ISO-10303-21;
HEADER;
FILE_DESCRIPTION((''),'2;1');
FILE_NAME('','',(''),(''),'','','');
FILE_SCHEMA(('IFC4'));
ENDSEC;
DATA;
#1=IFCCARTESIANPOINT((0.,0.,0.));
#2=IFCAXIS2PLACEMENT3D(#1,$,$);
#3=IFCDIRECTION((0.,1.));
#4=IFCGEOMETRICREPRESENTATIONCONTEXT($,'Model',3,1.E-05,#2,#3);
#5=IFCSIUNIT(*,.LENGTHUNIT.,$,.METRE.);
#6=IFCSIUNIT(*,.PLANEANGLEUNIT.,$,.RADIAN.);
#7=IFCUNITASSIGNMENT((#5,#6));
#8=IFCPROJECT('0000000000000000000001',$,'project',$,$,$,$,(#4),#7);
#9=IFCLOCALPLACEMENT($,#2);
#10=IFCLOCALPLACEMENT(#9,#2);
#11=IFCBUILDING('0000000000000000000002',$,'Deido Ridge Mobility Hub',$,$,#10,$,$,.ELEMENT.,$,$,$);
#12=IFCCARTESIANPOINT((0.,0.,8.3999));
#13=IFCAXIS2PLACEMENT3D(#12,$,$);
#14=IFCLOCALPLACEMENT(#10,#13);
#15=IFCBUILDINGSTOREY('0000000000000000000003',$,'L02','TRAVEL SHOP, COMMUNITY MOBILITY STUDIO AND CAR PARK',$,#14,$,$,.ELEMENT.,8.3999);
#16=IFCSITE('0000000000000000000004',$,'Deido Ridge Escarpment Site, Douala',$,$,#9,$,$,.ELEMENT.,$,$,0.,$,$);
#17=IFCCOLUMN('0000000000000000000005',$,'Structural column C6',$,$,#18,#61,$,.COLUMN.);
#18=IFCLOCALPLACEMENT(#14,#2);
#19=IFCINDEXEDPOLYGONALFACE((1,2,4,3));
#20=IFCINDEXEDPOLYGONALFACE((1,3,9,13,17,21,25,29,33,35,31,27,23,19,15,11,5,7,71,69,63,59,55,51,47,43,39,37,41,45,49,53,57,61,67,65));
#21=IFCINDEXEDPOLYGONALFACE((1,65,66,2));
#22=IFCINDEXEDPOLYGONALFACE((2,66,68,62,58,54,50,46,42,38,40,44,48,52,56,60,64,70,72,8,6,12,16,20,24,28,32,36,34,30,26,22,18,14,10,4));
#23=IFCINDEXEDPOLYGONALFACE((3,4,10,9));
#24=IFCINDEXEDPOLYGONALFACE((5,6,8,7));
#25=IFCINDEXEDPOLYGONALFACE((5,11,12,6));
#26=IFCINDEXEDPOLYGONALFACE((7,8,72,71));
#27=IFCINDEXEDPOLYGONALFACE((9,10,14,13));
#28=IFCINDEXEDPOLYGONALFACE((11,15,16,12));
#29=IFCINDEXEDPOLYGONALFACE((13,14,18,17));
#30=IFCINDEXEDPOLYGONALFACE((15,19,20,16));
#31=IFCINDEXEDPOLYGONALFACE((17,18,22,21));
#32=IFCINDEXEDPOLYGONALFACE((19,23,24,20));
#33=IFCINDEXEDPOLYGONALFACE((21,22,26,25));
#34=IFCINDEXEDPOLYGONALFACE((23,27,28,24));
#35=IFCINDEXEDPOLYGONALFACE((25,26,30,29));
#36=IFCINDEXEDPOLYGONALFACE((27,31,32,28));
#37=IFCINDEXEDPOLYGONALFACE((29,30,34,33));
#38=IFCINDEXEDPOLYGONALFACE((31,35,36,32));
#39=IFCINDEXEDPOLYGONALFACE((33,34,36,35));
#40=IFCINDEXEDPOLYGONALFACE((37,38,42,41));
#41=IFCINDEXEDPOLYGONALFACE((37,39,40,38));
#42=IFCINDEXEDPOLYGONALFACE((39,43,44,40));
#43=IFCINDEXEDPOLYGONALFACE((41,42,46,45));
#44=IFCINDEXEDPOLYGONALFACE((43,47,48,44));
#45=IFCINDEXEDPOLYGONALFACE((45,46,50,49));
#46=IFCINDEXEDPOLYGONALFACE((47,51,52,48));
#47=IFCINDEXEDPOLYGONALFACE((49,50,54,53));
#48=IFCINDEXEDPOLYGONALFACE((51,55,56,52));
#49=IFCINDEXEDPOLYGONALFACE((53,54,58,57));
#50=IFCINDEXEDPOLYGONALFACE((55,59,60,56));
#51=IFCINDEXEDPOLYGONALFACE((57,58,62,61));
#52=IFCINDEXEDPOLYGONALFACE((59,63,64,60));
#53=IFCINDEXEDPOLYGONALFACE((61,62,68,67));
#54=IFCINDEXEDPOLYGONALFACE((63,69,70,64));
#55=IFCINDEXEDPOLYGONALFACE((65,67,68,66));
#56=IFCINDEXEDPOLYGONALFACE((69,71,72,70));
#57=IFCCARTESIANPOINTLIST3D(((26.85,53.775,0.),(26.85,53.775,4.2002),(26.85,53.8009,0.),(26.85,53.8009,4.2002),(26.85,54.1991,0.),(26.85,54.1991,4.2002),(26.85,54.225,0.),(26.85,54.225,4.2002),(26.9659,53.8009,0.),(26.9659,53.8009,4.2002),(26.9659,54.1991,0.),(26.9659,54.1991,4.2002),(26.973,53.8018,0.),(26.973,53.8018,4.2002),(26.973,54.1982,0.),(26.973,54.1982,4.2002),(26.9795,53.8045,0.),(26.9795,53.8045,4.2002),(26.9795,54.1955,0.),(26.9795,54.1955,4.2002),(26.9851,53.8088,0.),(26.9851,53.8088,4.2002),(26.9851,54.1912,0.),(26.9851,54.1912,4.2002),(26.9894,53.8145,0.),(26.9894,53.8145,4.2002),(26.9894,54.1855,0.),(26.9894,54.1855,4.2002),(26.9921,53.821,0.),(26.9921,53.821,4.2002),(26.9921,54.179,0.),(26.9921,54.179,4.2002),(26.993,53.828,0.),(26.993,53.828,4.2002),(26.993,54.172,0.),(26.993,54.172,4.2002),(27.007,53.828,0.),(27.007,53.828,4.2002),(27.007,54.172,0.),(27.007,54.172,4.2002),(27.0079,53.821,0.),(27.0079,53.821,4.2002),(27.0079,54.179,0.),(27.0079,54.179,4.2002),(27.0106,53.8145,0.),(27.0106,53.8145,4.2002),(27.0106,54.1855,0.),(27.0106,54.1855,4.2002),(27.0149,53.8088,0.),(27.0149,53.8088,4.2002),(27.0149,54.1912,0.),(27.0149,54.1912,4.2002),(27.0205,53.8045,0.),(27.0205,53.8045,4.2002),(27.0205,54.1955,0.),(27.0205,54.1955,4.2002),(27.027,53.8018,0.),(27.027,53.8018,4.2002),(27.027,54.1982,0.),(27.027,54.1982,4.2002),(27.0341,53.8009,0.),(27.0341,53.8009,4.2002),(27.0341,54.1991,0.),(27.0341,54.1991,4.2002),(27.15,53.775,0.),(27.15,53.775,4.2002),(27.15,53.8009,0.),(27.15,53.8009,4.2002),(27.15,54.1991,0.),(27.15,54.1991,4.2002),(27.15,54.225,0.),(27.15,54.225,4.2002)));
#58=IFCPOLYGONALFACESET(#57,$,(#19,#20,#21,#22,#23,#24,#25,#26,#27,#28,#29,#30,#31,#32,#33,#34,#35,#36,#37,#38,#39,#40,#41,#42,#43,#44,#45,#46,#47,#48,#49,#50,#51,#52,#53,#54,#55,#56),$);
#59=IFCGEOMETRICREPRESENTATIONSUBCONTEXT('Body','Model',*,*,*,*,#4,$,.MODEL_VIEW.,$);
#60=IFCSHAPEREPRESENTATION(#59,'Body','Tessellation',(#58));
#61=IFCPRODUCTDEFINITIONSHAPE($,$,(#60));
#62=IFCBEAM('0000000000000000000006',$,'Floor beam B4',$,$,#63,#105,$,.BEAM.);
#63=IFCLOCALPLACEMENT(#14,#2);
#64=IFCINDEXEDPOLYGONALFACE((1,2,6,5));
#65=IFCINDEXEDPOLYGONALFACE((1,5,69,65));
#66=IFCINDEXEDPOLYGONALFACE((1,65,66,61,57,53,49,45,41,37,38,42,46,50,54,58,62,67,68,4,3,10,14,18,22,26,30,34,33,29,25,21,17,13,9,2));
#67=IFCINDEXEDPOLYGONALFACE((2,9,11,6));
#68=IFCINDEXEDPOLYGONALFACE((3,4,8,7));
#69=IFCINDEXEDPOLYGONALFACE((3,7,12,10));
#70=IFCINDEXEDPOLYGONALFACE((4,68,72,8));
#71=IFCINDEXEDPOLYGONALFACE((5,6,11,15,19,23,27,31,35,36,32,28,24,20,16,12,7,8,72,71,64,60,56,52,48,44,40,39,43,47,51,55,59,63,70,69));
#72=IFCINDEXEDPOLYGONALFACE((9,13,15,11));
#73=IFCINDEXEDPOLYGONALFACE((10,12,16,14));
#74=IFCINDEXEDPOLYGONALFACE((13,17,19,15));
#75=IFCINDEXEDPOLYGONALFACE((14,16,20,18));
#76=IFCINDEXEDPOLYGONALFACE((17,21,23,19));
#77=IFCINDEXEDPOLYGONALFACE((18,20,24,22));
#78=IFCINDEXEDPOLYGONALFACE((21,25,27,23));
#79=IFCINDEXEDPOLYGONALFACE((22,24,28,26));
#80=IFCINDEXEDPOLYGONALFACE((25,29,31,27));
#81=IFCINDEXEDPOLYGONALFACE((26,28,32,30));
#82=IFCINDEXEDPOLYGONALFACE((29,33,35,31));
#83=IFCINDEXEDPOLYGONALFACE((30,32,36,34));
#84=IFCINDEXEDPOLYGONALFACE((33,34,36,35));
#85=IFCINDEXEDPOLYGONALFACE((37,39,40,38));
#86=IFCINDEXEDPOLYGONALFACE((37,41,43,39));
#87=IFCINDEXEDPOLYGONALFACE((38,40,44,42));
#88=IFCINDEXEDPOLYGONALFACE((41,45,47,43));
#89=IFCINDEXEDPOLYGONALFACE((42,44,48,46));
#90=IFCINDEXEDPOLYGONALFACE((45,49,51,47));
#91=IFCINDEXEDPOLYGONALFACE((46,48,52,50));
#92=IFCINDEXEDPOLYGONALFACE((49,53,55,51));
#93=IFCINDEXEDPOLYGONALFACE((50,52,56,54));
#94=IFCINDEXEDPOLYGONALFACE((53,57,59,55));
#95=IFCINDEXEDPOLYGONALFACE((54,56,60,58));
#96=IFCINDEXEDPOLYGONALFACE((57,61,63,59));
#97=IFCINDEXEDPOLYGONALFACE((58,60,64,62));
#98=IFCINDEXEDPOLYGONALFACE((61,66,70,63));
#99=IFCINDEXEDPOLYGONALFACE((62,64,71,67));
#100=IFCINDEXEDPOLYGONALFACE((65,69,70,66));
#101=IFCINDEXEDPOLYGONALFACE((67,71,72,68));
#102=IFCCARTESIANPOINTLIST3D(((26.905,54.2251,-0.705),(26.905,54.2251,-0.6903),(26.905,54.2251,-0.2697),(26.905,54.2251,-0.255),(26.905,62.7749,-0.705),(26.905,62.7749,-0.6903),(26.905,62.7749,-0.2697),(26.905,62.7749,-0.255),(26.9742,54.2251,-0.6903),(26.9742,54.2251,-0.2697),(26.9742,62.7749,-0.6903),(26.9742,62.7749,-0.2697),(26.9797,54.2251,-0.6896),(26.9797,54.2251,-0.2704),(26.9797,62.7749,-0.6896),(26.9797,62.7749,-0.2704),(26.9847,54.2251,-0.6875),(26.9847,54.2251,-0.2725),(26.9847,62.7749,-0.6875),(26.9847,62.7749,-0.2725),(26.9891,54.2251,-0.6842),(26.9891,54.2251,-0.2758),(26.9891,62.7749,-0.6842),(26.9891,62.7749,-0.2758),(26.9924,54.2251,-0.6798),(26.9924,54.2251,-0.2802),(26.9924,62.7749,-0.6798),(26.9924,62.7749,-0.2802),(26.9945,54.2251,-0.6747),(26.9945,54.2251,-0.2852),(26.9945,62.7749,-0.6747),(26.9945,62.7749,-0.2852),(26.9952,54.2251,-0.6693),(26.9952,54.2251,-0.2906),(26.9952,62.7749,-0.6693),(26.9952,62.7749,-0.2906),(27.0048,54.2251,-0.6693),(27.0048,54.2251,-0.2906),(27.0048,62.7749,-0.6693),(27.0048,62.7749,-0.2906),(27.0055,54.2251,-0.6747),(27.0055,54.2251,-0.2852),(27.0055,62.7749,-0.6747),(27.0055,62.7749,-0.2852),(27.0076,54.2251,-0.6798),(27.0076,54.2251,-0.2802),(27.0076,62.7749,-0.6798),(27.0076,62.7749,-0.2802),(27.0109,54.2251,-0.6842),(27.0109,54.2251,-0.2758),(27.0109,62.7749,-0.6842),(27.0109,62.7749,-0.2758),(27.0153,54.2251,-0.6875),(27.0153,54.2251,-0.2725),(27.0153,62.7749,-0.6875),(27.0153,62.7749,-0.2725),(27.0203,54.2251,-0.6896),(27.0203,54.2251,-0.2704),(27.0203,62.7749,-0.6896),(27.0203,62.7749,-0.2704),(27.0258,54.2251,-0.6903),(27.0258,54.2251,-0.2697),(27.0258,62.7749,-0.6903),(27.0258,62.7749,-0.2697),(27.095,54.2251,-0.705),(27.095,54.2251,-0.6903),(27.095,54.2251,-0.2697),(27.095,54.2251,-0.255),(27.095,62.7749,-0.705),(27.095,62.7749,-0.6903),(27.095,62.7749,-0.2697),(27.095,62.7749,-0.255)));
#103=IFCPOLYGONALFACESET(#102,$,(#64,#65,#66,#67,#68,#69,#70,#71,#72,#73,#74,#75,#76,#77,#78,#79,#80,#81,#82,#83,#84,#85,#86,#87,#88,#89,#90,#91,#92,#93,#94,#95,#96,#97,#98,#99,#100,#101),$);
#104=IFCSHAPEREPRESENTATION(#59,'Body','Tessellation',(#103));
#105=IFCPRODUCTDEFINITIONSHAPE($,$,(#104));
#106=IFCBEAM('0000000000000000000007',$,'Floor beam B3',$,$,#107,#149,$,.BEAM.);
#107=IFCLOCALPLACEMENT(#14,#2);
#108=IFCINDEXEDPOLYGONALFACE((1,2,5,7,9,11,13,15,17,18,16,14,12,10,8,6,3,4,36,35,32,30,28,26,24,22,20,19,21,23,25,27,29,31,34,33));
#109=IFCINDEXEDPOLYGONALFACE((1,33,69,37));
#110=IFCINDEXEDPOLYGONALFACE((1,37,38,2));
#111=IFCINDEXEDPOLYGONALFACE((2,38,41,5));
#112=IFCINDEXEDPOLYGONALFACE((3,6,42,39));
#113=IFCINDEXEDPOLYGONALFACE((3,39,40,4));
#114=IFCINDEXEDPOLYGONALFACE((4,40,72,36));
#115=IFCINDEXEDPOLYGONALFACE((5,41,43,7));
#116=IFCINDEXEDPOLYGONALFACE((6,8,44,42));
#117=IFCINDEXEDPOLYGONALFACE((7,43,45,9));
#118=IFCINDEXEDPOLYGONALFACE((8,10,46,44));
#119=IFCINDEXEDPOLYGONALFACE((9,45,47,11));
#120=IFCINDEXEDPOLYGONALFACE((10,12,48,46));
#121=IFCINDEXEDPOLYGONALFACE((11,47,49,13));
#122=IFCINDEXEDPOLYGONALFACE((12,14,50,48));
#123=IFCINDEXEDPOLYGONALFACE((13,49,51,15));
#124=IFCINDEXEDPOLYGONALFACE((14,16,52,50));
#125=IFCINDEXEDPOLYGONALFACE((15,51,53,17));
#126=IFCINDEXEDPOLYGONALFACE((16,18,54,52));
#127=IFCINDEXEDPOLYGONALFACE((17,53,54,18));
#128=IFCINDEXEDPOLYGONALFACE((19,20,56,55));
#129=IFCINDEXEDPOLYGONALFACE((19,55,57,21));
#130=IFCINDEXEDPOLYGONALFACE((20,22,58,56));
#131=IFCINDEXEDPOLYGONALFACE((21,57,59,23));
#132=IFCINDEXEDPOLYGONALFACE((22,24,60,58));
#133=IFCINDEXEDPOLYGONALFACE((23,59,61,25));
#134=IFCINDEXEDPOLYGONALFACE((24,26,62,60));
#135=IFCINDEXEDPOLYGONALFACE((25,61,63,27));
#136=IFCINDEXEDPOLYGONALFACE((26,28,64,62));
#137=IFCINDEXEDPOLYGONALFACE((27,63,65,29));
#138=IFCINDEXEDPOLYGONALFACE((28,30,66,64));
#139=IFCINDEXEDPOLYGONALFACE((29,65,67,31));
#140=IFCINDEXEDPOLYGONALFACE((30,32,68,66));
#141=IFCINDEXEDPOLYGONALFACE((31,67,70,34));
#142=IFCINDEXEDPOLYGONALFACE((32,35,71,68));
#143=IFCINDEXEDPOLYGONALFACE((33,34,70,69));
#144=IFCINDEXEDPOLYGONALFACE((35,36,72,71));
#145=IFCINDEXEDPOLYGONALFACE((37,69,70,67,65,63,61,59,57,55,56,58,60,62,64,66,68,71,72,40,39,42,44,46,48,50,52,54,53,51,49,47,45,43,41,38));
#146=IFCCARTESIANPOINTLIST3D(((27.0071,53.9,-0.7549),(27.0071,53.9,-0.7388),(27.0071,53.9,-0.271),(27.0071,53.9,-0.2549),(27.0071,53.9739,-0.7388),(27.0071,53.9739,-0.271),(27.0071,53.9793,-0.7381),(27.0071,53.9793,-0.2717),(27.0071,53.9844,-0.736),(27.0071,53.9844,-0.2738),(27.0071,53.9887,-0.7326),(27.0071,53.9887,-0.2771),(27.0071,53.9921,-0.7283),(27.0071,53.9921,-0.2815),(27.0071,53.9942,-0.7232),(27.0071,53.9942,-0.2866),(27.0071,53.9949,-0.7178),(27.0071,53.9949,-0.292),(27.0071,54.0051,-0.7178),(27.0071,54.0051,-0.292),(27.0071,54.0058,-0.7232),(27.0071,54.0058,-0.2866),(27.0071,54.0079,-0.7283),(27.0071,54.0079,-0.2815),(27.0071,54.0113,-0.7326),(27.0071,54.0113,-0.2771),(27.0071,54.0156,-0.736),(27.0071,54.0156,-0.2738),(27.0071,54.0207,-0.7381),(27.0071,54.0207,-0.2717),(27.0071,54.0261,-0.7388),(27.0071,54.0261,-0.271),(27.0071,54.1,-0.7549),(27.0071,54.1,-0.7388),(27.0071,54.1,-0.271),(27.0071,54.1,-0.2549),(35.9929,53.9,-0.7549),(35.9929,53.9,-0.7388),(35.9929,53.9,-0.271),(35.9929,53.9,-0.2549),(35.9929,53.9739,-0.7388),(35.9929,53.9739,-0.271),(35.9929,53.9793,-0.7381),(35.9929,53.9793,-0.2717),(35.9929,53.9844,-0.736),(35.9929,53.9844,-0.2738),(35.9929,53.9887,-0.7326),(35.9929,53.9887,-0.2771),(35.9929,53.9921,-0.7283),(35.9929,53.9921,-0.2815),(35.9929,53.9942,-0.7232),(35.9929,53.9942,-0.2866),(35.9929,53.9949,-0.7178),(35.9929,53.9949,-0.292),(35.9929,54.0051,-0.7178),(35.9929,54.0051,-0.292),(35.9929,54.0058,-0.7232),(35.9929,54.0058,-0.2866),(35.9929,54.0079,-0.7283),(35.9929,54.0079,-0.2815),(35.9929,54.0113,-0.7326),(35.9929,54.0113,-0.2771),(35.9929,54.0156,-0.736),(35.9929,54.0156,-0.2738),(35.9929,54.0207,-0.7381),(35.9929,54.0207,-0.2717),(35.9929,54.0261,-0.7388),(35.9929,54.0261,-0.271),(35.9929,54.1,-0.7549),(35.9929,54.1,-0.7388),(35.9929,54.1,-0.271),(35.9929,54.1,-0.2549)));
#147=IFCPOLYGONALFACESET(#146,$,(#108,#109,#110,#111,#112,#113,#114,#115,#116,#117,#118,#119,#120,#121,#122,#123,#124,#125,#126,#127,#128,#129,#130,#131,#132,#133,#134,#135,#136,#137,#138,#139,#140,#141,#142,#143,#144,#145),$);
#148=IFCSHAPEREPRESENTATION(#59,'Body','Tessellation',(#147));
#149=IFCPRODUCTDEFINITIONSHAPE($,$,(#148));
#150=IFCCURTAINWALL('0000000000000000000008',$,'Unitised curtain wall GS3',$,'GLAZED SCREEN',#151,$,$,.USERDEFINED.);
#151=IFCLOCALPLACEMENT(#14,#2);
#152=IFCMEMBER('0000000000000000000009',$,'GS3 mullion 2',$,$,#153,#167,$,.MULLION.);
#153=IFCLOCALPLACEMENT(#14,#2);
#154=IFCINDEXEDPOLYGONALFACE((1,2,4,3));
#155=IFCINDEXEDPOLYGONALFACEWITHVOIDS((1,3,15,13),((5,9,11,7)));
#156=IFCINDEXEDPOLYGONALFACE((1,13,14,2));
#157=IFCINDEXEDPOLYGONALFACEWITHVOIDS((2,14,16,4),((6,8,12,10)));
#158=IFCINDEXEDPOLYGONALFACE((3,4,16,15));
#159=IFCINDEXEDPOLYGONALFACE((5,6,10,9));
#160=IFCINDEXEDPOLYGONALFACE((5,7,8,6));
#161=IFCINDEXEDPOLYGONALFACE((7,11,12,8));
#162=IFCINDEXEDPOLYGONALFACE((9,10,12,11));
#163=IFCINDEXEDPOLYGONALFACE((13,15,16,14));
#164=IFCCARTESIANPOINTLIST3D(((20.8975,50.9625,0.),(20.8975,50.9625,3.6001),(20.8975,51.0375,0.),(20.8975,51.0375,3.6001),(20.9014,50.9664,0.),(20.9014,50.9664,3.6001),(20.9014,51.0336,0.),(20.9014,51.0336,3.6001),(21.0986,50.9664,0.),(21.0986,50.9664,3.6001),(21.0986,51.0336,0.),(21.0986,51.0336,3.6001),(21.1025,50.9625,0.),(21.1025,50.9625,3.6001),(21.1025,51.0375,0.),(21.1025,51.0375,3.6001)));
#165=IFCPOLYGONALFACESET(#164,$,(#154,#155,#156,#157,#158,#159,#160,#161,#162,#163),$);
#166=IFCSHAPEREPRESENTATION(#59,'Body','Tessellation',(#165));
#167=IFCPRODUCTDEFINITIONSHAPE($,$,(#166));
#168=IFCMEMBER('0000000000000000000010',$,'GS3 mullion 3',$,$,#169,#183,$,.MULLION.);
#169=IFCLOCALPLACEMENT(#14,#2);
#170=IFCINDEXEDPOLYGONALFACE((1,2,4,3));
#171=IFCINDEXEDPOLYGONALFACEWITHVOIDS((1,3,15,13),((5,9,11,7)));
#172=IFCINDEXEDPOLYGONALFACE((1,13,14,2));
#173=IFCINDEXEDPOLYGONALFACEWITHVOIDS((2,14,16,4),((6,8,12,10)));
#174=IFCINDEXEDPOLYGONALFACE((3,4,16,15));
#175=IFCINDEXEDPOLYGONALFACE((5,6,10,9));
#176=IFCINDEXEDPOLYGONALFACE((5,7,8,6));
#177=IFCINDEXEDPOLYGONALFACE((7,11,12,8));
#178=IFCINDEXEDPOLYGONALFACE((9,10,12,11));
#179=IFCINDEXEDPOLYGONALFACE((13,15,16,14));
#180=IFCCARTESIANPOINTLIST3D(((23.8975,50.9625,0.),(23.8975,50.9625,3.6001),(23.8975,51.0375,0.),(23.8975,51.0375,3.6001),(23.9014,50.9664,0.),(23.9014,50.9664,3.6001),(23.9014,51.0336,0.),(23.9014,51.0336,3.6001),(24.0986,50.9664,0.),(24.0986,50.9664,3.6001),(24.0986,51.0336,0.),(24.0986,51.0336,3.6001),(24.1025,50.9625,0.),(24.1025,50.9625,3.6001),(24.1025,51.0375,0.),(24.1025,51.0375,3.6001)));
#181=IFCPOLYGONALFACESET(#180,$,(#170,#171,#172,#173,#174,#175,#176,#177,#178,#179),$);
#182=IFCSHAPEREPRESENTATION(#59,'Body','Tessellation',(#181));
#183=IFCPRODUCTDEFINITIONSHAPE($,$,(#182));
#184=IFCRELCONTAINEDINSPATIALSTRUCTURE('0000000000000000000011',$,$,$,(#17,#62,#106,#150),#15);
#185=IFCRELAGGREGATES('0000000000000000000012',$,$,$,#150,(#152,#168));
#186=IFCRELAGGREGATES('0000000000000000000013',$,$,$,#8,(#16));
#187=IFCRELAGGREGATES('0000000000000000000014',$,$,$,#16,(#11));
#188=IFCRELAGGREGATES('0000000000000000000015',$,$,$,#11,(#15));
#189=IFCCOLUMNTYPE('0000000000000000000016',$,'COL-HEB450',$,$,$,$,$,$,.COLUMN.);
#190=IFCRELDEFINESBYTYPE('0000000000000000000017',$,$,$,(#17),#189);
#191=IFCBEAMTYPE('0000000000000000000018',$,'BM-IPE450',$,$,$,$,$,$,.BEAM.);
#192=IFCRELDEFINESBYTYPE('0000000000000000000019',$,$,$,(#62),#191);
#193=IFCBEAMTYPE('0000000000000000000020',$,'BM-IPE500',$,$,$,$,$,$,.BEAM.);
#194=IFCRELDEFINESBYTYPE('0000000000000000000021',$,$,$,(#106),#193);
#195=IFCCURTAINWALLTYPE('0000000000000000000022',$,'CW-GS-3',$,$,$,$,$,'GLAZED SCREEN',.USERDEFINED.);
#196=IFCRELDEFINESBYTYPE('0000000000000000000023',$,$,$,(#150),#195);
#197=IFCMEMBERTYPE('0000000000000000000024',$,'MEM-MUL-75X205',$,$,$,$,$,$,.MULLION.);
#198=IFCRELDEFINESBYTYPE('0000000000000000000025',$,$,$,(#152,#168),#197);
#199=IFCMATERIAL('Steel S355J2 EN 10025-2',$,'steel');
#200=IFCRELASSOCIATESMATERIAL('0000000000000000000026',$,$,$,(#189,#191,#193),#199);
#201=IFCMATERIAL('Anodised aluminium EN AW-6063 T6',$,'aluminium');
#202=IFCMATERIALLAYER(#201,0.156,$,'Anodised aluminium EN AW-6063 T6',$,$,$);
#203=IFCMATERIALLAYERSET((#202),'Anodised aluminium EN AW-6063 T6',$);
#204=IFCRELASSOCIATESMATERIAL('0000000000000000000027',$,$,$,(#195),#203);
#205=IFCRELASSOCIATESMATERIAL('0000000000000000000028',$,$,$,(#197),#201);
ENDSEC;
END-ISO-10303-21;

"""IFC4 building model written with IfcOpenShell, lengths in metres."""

from ifc_helpers import new_model, si_unit, direction, frame, origin, origin_2d, place, context, subcontext, project, spatial, hollow_rectangle, i_section, extrude, material, layer, layer_set, material_profile, profile_set, type_object, element, aggregate, save


model = new_model("IFC4")

# Units and contexts
model_context = context("Model", 3, precision=1e-05, world=origin(), true_north=direction((0.0, 1.0)))
body_context = subcontext(model_context, "Body", "Model", "MODEL_VIEW")
ifc_project = project(units=[si_unit("LENGTHUNIT", "METRE"), si_unit("PLANEANGLEUNIT", "RADIAN")], contexts=[model_context])

# Site, building, storey
site_placement = place(None, origin())
site = spatial("IfcSite", under=ifc_project, at=site_placement, Name="Deido Ridge Escarpment Site, Douala", CompositionType="ELEMENT", RefElevation=0.0)
building_placement = place(site_placement, origin())
building = spatial("IfcBuilding", under=site, at=building_placement, Name="Deido Ridge Mobility Hub", CompositionType="ELEMENT")
storey_placement = place(building_placement, frame((0.0, 0.0, 8.3999)))
storey = spatial("IfcBuildingStorey", under=building, at=storey_placement, Name="L02", Description="TRAVEL SHOP, COMMUNITY MOBILITY STUDIO AND CAR PARK", CompositionType="ELEMENT", Elevation=8.3999)

# Column
ifc_material_1 = material(Name="Steel S355J2 EN 10025-2", Category="steel")
ifc_material_profile_1 = material_profile(ifc_material_1, i_section(OverallWidth=0.3, OverallDepth=0.45, WebThickness=0.0139, FlangeThickness=0.0259, FilletRadius=0.0271, at=origin_2d()), Name="HEB 450")
ifc_profile_set_1 = profile_set([ifc_material_profile_1], Name="Steel S355J2 EN 10025-2")
column_type = type_object("IfcColumnType", Name="COL-HEB450", PredefinedType="COLUMN", material=ifc_profile_set_1)
column_placement = place(storey_placement, frame((27.0, 54.0, 0.0), z_axis=(0.0, 0.0, 1.0), x_axis=(1.0, 0.0, 0.0)))
element("IfcColumn", 1, at=column_placement, inside=storey, type_object=column_type, Name="Structural column C6", PredefinedType="COLUMN", context=body_context, shape_type="SweptSolid", body=[
    extrude(i_section(OverallWidth=0.3, OverallDepth=0.45, WebThickness=0.0139, FlangeThickness=0.0259, FilletRadius=0.0271, at=origin_2d()), origin(), (0.0, 0.0, 1.0), 4.2002),
])

# Beams
ifc_material_profile_2 = material_profile(ifc_material_1, i_section(OverallWidth=0.1899, OverallDepth=0.45, WebThickness=0.0095, FlangeThickness=0.0146, FilletRadius=0.021, at=origin_2d()), Name="IPE 450")
ifc_profile_set_2 = profile_set([ifc_material_profile_2], Name="Steel S355J2 EN 10025-2")
beam_type_1 = type_object("IfcBeamType", Name="BM-IPE450", PredefinedType="BEAM", material=ifc_profile_set_2)
beam_1_placement = place(storey_placement, frame((27.0, 54.2251, -0.48), z_axis=(0.0, 1.0, 0.0), x_axis=(-1.0, 0.0, 0.0)))
element("IfcBeam", 2, at=beam_1_placement, inside=storey, type_object=beam_type_1, Name="Floor beam B4", PredefinedType="BEAM", context=body_context, shape_type="SweptSolid", body=[
    extrude(i_section(OverallWidth=0.1899, OverallDepth=0.45, WebThickness=0.0095, FlangeThickness=0.0146, FilletRadius=0.021, at=origin_2d()), origin(), (0.0, 0.0, 1.0), 8.5498),
])
ifc_material_profile_3 = material_profile(ifc_material_1, i_section(OverallWidth=0.2, OverallDepth=0.5, WebThickness=0.0103, FlangeThickness=0.0161, FilletRadius=0.021, at=origin_2d()), Name="IPE 500")
ifc_profile_set_3 = profile_set([ifc_material_profile_3], Name="Steel S355J2 EN 10025-2")
beam_type_2 = type_object("IfcBeamType", Name="BM-IPE500", PredefinedType="BEAM", material=ifc_profile_set_3)
beam_2_placement = place(storey_placement, frame((27.0071, 54.0, -0.5049), z_axis=(1.0, 0.0, 0.0), x_axis=(0.0, 1.0, 0.0)))
element("IfcBeam", 3, at=beam_2_placement, inside=storey, type_object=beam_type_2, Name="Floor beam B3", PredefinedType="BEAM", context=body_context, shape_type="SweptSolid", body=[
    extrude(i_section(OverallWidth=0.2, OverallDepth=0.5, WebThickness=0.0103, FlangeThickness=0.0161, FilletRadius=0.021, at=origin_2d()), origin(), (0.0, 0.0, 1.0), 8.9858),
])

# Curtain wall, members
ifc_material_2 = material(Name="Anodised aluminium EN AW-6063 T6", Category="aluminium")
ifc_layer_1 = layer(ifc_material_2, 0.156, Name="Anodised aluminium EN AW-6063 T6")
ifc_layer_set_1 = layer_set([ifc_layer_1], Name="Anodised aluminium EN AW-6063 T6")
curtain_wall_type = type_object("IfcCurtainWallType", Name="CW-GS-3", ElementType="GLAZED SCREEN", PredefinedType="USERDEFINED", material=ifc_layer_set_1)
curtain_wall_placement = place(storey_placement, origin())
curtain_wall = element("IfcCurtainWall", 4, at=curtain_wall_placement, inside=storey, type_object=curtain_wall_type, Name="Unitised curtain wall GS3", ObjectType="GLAZED SCREEN", PredefinedType="USERDEFINED")
ifc_material_profile_4 = material_profile(ifc_material_2, hollow_rectangle(XDim=0.075, YDim=0.2051, WallThickness=0.0039, at=origin_2d()), Name="RHS 75x205x4")
ifc_profile_set_4 = profile_set([ifc_material_profile_4], Name="Anodised aluminium EN AW-6063 T6")
member_type_1 = type_object("IfcMemberType", Name="MEM-MUL-75X205", PredefinedType="MULLION", material=ifc_profile_set_4)
member_1_placement = place(storey_placement, frame((21.0, 51.0, 0.0), z_axis=(0.0, 0.0, 1.0), x_axis=(0.0, 1.0, 0.0)))
member_1 = element("IfcMember", 5, at=member_1_placement, type_object=member_type_1, Name="GS3 mullion 2", PredefinedType="MULLION", context=body_context, shape_type="SweptSolid", body=[
    extrude(hollow_rectangle(XDim=0.075, YDim=0.2051, WallThickness=0.0039, at=origin_2d()), origin(), (0.0, 0.0, 1.0), 3.6001),
])
member_2_placement = place(storey_placement, frame((24.0, 51.0, 0.0), z_axis=(0.0, 0.0, 1.0), x_axis=(0.0, 1.0, 0.0)))
member_2 = element("IfcMember", 6, at=member_2_placement, type_object=member_type_1, Name="GS3 mullion 3", PredefinedType="MULLION", context=body_context, shape_type="SweptSolid", body=[
    extrude(hollow_rectangle(XDim=0.075, YDim=0.2051, WallThickness=0.0039, at=origin_2d()), origin(), (0.0, 0.0, 1.0), 3.6001),
])
aggregate(curtain_wall, [member_1, member_2])

save(model, "model.ifc")
